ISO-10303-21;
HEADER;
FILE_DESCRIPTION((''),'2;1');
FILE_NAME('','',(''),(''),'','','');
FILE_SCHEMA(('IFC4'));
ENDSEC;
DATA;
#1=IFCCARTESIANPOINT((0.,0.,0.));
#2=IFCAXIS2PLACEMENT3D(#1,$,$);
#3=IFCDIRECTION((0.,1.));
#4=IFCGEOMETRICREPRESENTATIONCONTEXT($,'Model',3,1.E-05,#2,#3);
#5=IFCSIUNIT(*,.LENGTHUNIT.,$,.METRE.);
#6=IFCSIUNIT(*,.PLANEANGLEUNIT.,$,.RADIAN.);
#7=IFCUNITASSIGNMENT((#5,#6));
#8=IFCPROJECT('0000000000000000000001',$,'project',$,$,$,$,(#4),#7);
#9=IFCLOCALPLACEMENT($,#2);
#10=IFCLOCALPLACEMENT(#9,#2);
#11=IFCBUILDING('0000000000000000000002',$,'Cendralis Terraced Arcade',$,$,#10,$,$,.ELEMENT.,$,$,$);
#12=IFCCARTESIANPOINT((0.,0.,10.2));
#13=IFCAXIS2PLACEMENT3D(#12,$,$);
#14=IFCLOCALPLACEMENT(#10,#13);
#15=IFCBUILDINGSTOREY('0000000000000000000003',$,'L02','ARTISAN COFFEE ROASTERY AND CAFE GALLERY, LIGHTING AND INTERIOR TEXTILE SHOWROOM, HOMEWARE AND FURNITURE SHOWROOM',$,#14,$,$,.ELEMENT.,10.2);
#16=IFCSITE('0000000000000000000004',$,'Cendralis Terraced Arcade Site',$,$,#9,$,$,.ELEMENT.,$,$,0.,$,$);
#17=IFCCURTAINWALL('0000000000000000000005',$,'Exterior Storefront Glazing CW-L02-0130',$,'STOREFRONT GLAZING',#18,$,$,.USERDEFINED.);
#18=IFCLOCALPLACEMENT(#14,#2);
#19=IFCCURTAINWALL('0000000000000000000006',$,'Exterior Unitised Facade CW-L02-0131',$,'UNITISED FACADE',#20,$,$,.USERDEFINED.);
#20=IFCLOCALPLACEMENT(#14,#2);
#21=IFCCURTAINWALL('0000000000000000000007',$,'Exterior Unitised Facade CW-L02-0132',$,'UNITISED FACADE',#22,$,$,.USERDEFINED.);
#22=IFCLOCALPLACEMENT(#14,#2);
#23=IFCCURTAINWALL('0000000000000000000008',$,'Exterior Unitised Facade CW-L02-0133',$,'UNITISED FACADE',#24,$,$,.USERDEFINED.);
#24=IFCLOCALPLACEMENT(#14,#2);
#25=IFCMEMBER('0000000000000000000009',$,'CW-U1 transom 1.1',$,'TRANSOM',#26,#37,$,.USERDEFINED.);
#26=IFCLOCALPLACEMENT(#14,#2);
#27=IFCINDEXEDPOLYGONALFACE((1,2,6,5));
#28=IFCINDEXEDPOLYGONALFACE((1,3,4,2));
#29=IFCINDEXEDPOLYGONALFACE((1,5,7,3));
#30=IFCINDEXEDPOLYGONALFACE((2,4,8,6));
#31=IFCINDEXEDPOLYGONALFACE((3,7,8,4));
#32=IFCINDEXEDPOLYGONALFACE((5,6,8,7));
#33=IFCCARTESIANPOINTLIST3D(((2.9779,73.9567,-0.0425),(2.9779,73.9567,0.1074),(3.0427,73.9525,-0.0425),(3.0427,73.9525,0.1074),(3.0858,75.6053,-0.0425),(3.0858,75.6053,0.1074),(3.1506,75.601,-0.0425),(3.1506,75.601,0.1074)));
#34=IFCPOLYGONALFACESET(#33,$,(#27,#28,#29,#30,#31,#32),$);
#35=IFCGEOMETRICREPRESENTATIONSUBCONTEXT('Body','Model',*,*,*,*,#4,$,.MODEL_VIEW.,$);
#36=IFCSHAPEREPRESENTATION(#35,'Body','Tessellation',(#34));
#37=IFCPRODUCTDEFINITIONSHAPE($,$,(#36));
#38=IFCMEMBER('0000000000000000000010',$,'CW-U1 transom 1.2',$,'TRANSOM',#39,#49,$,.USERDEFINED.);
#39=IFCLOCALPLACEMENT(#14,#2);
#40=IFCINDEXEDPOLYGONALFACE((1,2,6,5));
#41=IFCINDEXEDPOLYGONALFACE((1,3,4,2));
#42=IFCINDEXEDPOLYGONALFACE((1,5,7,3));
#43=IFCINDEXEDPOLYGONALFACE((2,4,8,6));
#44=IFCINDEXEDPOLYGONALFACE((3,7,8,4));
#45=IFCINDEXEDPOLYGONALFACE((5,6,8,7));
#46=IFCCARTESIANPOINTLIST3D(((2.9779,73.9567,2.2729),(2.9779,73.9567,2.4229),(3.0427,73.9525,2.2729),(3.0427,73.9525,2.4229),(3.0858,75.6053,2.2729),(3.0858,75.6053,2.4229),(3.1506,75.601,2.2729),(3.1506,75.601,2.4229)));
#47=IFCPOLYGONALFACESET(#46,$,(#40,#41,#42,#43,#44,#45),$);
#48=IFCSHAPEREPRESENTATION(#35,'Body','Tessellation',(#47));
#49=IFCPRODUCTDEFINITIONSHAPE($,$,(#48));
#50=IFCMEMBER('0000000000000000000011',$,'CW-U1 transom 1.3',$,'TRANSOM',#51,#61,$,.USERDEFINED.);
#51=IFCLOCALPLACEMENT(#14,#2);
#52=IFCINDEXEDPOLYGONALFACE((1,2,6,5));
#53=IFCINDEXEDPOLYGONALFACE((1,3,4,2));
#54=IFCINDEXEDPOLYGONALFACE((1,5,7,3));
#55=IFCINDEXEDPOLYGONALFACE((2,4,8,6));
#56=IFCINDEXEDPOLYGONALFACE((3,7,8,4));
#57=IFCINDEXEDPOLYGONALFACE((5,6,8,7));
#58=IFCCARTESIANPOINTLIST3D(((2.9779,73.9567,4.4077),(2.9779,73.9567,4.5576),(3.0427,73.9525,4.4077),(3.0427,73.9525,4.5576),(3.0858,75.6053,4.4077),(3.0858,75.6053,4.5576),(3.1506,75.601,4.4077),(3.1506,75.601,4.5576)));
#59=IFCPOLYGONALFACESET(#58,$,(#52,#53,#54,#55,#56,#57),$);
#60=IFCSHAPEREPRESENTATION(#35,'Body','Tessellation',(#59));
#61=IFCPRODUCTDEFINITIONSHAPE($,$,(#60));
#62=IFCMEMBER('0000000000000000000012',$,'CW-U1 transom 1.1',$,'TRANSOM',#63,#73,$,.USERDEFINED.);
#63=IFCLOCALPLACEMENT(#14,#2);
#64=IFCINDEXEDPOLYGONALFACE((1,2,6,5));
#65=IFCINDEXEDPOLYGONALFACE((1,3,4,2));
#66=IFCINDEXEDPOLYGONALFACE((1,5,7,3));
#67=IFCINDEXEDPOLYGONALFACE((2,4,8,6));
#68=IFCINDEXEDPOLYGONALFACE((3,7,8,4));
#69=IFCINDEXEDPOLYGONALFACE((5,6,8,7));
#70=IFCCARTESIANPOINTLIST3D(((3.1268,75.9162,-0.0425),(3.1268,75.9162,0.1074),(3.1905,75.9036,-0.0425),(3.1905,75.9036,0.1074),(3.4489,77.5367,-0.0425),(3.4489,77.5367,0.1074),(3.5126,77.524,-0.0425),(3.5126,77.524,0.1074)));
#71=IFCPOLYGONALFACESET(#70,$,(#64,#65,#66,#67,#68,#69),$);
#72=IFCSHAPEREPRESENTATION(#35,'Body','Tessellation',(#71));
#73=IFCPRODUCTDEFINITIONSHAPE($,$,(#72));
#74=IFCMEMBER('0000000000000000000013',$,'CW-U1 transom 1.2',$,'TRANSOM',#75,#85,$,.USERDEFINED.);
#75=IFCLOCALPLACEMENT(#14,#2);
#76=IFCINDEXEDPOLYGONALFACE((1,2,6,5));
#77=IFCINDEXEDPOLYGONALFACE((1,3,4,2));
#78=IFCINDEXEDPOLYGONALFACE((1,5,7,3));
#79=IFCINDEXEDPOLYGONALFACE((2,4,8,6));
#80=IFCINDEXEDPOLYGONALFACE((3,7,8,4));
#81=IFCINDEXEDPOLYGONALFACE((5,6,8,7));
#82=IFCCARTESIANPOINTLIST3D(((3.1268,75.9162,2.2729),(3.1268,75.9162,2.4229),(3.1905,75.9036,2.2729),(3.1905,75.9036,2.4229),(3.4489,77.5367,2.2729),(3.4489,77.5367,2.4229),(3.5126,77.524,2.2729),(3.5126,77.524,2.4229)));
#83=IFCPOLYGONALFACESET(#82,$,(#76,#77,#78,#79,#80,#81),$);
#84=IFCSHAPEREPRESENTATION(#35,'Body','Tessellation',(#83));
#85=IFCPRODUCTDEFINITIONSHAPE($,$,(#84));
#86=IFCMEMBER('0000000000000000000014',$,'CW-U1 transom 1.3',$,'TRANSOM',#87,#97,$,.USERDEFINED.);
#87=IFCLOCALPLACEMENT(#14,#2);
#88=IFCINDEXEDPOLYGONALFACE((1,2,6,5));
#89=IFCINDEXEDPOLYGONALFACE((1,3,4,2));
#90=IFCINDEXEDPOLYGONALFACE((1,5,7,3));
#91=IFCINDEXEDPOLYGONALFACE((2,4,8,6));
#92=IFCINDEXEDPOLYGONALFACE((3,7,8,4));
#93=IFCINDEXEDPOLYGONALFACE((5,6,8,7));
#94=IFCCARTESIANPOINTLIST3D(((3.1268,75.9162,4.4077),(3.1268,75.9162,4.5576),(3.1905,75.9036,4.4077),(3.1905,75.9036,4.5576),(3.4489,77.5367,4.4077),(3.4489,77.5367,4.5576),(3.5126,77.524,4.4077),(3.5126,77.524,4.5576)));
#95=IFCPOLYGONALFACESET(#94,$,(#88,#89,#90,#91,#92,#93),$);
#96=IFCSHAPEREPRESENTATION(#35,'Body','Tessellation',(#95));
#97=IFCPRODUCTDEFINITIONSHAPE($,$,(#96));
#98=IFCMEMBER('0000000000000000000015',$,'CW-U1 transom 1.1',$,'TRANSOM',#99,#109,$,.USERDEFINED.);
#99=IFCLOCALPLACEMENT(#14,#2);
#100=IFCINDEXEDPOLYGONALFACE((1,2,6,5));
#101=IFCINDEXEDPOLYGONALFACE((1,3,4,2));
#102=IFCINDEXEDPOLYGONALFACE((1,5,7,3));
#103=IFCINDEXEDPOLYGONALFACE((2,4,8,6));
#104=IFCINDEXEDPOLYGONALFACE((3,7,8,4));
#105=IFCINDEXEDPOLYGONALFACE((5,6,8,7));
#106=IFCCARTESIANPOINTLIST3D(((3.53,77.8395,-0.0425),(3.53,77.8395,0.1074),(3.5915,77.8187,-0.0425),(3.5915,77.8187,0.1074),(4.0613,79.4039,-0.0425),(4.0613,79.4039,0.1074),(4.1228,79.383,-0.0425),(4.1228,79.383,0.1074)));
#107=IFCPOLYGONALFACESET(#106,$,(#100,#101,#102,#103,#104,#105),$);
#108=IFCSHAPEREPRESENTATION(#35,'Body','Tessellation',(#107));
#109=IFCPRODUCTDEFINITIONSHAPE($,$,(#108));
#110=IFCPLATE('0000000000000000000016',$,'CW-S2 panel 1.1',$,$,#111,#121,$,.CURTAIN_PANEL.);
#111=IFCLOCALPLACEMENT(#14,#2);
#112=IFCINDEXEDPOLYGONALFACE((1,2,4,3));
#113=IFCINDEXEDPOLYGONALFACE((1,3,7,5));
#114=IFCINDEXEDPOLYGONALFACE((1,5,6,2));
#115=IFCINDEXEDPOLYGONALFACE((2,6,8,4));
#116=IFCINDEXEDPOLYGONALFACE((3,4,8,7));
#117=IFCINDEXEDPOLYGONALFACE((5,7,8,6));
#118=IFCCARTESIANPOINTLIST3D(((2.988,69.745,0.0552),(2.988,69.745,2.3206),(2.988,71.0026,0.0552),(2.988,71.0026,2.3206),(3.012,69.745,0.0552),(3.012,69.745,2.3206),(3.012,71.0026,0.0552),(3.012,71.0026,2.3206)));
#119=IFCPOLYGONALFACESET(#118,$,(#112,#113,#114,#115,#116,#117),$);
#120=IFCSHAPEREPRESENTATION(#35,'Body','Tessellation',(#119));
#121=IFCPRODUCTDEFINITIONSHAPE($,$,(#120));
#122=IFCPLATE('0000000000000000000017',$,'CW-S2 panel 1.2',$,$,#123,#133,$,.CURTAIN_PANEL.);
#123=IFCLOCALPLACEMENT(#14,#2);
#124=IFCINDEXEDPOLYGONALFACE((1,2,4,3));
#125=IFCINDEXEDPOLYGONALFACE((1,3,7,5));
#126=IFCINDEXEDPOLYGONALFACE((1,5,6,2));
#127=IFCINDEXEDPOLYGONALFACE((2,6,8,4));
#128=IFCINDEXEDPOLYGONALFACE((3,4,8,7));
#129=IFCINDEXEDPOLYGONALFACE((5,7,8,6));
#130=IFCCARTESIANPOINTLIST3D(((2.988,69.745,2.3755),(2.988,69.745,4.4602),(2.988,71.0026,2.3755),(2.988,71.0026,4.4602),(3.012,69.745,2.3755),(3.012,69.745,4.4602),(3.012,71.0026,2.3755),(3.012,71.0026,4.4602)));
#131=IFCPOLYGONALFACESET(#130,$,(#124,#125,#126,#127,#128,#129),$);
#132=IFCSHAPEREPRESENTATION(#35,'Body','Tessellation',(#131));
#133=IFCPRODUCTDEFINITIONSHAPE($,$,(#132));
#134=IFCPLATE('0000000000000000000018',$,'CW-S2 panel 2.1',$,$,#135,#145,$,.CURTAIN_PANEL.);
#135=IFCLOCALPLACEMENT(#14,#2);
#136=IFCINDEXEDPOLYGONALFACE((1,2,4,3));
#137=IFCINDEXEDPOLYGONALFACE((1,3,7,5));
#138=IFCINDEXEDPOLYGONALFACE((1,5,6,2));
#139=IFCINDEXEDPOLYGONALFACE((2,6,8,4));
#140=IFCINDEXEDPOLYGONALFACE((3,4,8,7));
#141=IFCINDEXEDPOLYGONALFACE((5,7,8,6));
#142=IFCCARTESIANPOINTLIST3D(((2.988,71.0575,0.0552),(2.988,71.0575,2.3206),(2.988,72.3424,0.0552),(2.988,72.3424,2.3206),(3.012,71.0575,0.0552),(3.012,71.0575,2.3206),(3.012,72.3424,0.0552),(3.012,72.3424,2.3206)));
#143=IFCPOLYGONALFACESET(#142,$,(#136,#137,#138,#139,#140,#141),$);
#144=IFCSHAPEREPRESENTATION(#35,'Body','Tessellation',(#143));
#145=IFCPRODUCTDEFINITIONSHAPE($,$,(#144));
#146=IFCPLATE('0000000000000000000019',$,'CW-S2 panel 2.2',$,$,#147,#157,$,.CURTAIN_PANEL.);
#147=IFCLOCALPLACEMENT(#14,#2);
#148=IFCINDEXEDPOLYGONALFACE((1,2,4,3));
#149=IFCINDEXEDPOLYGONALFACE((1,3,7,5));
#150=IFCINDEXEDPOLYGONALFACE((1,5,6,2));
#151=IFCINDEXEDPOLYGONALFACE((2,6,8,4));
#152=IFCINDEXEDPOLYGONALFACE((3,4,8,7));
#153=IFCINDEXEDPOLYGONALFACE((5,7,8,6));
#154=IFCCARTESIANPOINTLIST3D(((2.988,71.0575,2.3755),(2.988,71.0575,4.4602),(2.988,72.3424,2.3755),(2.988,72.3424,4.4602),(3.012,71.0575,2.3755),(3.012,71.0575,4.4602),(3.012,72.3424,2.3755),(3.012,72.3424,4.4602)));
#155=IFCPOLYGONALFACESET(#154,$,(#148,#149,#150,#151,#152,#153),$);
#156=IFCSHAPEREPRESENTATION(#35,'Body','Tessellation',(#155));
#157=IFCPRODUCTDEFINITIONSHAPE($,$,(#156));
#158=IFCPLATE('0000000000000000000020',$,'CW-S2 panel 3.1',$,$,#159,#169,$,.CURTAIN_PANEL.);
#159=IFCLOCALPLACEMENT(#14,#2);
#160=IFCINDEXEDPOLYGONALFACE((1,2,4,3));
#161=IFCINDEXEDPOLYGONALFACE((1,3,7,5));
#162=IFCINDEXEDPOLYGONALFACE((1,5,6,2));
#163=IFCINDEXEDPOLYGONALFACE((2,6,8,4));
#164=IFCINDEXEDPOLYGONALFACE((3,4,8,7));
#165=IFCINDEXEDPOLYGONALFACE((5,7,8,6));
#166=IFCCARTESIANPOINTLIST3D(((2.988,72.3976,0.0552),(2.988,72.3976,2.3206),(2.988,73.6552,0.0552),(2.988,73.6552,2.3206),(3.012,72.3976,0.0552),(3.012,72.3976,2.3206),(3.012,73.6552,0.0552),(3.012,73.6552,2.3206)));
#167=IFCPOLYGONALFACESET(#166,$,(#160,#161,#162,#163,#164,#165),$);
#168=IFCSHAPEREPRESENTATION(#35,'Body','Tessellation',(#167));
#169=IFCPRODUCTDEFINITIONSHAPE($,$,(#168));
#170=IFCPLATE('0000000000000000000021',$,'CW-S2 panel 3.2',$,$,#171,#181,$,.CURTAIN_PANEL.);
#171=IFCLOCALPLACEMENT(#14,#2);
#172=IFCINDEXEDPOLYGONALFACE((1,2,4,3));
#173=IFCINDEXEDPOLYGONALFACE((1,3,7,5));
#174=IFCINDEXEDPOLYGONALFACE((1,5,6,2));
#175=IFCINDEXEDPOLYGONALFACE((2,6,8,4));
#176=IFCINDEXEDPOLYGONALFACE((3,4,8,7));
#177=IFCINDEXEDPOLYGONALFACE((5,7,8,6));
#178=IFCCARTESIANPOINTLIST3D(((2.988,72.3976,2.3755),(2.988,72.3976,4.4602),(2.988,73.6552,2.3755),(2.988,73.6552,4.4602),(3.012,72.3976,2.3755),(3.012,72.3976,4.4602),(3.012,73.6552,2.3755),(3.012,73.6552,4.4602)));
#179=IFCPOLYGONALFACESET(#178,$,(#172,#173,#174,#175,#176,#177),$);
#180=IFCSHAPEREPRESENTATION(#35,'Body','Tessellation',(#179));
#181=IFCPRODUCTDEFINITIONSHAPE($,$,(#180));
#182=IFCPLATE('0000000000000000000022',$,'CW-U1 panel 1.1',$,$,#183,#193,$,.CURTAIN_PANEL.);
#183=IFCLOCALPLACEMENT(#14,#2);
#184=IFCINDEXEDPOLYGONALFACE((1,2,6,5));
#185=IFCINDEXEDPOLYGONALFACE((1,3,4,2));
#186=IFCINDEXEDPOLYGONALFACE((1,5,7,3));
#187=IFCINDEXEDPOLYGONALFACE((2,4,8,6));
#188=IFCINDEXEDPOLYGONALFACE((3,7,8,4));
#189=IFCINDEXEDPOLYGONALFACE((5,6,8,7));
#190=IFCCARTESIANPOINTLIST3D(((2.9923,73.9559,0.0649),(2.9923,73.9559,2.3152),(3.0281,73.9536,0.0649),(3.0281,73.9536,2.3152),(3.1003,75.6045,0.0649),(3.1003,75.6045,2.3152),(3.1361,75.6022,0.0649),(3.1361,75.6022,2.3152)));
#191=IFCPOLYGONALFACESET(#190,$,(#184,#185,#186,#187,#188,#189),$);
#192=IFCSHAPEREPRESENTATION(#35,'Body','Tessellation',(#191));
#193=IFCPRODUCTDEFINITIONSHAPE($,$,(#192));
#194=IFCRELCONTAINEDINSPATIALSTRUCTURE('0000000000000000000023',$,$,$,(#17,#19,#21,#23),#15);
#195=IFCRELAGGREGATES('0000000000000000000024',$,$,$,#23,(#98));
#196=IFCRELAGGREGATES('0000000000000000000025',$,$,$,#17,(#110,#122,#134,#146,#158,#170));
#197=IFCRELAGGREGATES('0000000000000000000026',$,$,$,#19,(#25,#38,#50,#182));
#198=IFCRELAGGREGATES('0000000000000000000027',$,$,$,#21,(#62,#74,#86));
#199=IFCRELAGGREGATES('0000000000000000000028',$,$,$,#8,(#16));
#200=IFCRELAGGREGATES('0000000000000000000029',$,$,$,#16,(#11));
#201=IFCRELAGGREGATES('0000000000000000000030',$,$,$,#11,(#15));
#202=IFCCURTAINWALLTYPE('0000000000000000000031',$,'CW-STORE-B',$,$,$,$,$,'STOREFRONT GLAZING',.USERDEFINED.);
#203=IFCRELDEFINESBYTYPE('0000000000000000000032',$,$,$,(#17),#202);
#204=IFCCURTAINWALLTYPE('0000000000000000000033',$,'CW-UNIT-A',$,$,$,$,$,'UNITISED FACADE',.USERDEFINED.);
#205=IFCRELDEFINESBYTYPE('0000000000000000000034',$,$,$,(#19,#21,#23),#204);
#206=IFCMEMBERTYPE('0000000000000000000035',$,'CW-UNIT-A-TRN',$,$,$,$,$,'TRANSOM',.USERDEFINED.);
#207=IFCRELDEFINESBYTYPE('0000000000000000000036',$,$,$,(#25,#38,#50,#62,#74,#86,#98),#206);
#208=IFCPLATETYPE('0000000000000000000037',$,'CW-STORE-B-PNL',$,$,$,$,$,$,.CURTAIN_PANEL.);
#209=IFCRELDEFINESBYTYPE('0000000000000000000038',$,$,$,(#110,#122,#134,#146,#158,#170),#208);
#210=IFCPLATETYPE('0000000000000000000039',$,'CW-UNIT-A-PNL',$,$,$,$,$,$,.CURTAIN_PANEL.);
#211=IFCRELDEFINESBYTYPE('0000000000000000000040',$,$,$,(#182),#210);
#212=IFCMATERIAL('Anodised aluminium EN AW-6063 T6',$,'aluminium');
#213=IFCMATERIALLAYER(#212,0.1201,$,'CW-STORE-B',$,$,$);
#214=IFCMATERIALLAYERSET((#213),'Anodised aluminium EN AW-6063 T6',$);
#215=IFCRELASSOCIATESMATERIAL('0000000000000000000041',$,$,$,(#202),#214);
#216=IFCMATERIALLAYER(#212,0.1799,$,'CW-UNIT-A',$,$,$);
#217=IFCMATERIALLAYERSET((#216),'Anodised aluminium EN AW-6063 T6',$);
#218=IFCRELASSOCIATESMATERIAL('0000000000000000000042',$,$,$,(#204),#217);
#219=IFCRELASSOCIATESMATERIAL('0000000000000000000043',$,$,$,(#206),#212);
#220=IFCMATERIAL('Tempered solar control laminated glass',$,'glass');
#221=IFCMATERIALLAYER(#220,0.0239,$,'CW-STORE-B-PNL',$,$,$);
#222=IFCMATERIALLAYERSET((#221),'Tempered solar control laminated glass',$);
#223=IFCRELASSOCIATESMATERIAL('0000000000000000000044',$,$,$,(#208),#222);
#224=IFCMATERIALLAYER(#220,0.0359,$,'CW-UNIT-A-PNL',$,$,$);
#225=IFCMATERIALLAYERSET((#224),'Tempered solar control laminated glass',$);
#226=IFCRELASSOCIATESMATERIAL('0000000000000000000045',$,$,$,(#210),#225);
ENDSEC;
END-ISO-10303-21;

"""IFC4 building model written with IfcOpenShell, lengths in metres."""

from ifc_helpers import new_model, si_unit, direction, frame, origin, origin_2d, place, context, subcontext, project, spatial, rectangle, extrude, material, layer, layer_set, material_profile, profile_set, type_object, element, aggregate, save


model = new_model("IFC4")

# Units and contexts
model_context = context("Model", 3, precision=1e-05, world=origin(), true_north=direction((0.0, 1.0)))
body_context = subcontext(model_context, "Body", "Model", "MODEL_VIEW")
ifc_project = project(units=[si_unit("LENGTHUNIT", "METRE"), si_unit("PLANEANGLEUNIT", "RADIAN")], contexts=[model_context])

# Site, building, storey
site_placement = place(None, origin())
site = spatial("IfcSite", under=ifc_project, at=site_placement, Name="Cendralis Terraced Arcade Site", CompositionType="ELEMENT", RefElevation=0.0)
building_placement = place(site_placement, origin())
building = spatial("IfcBuilding", under=site, at=building_placement, Name="Cendralis Terraced Arcade", CompositionType="ELEMENT")
storey_placement = place(building_placement, frame((0.0, 0.0, 10.2)))
storey = spatial("IfcBuildingStorey", under=building, at=storey_placement, Name="L02", Description="ARTISAN COFFEE ROASTERY AND CAFE GALLERY, LIGHTING AND INTERIOR TEXTILE SHOWROOM, HOMEWARE AND FURNITURE SHOWROOM", CompositionType="ELEMENT", Elevation=10.2)

# Curtain walls
ifc_material_1 = material(Name="Anodised aluminium EN AW-6063 T6", Category="aluminium")
ifc_layer_1 = layer(ifc_material_1, 0.1201, Name="CW-STORE-B")
ifc_layer_set_1 = layer_set([ifc_layer_1], Name="Anodised aluminium EN AW-6063 T6")
curtain_wall_type_1 = type_object("IfcCurtainWallType", Name="CW-STORE-B", ElementType="STOREFRONT GLAZING", PredefinedType="USERDEFINED", material=ifc_layer_set_1)
curtain_wall_1_placement = place(storey_placement, origin())
curtain_wall_1 = element("IfcCurtainWall", 1, at=curtain_wall_1_placement, inside=storey, type_object=curtain_wall_type_1, Name="Exterior Storefront Glazing CW-L02-0130", ObjectType="STOREFRONT GLAZING", PredefinedType="USERDEFINED")
ifc_layer_2 = layer(ifc_material_1, 0.1799, Name="CW-UNIT-A")
ifc_layer_set_2 = layer_set([ifc_layer_2], Name="Anodised aluminium EN AW-6063 T6")
curtain_wall_type_2 = type_object("IfcCurtainWallType", Name="CW-UNIT-A", ElementType="UNITISED FACADE", PredefinedType="USERDEFINED", material=ifc_layer_set_2)
curtain_wall_2_placement = place(storey_placement, origin())
curtain_wall_2 = element("IfcCurtainWall", 2, at=curtain_wall_2_placement, inside=storey, type_object=curtain_wall_type_2, Name="Exterior Unitised Facade CW-L02-0131", ObjectType="UNITISED FACADE", PredefinedType="USERDEFINED")
curtain_wall_3_placement = place(storey_placement, origin())
curtain_wall_3 = element("IfcCurtainWall", 3, at=curtain_wall_3_placement, inside=storey, type_object=curtain_wall_type_2, Name="Exterior Unitised Facade CW-L02-0132", ObjectType="UNITISED FACADE", PredefinedType="USERDEFINED")

# Curtain wall
curtain_wall_4_placement = place(storey_placement, origin())
curtain_wall_4 = element("IfcCurtainWall", 4, at=curtain_wall_4_placement, inside=storey, type_object=curtain_wall_type_2, Name="Exterior Unitised Facade CW-L02-0133", ObjectType="UNITISED FACADE", PredefinedType="USERDEFINED")

# Members
ifc_material_profile_1 = material_profile(ifc_material_1, rectangle(XDim=0.0649, YDim=0.1499, at=origin_2d()), Name="ALU-TRN-65x150")
ifc_profile_set_1 = profile_set([ifc_material_profile_1], Name="Anodised aluminium EN AW-6063 T6")
member_type_1 = type_object("IfcMemberType", Name="CW-UNIT-A-TRN", ElementType="TRANSOM", PredefinedType="USERDEFINED", material=ifc_profile_set_1)
member_1_placement = place(storey_placement, frame((3.0103, 73.9546, 0.0325), z_axis=(0.065313, 0.997865, 0.0), x_axis=(-0.997865, 0.065313, 0.0)))
member_1 = element("IfcMember", 5, at=member_1_placement, type_object=member_type_1, Name="CW-U1 transom 1.1", ObjectType="TRANSOM", PredefinedType="USERDEFINED", context=body_context, shape_type="SweptSolid", body=[
    extrude(rectangle(XDim=0.0649, YDim=0.1499, at=origin_2d()), origin(), (0.0, 0.0, 1.0), 1.6521),
])
member_2_placement = place(storey_placement, frame((3.0103, 73.9546, 2.3479), z_axis=(0.065313, 0.997865, 0.0), x_axis=(-0.997865, 0.065313, 0.0)))
member_2 = element("IfcMember", 6, at=member_2_placement, type_object=member_type_1, Name="CW-U1 transom 1.2", ObjectType="TRANSOM", PredefinedType="USERDEFINED", context=body_context, shape_type="SweptSolid", body=[
    extrude(rectangle(XDim=0.0649, YDim=0.1499, at=origin_2d()), origin(), (0.0, 0.0, 1.0), 1.6521),
])
member_3_placement = place(storey_placement, frame((3.0103, 73.9546, 4.4827), z_axis=(0.065313, 0.997865, 0.0), x_axis=(-0.997865, 0.065313, 0.0)))
member_3 = element("IfcMember", 7, at=member_3_placement, type_object=member_type_1, Name="CW-U1 transom 1.3", ObjectType="TRANSOM", PredefinedType="USERDEFINED", context=body_context, shape_type="SweptSolid", body=[
    extrude(rectangle(XDim=0.0649, YDim=0.1499, at=origin_2d()), origin(), (0.0, 0.0, 1.0), 1.6521),
])
member_4_placement = place(storey_placement, frame((3.1587, 75.9099, 0.0325), z_axis=(0.194922, 0.980819, 0.0), x_axis=(-0.980819, 0.194922, 0.0)))
member_4 = element("IfcMember", 8, at=member_4_placement, type_object=member_type_1, Name="CW-U1 transom 1.1", ObjectType="TRANSOM", PredefinedType="USERDEFINED", context=body_context, shape_type="SweptSolid", body=[
    extrude(rectangle(XDim=0.0649, YDim=0.1499, at=origin_2d()), origin(), (0.0, 0.0, 1.0), 1.6521),
])
member_5_placement = place(storey_placement, frame((3.1587, 75.9099, 2.3479), z_axis=(0.194922, 0.980819, 0.0), x_axis=(-0.980819, 0.194922, 0.0)))
member_5 = element("IfcMember", 9, at=member_5_placement, type_object=member_type_1, Name="CW-U1 transom 1.2", ObjectType="TRANSOM", PredefinedType="USERDEFINED", context=body_context, shape_type="SweptSolid", body=[
    extrude(rectangle(XDim=0.0649, YDim=0.1499, at=origin_2d()), origin(), (0.0, 0.0, 1.0), 1.6521),
])
member_6_placement = place(storey_placement, frame((3.1587, 75.9099, 4.4827), z_axis=(0.194922, 0.980819, 0.0), x_axis=(-0.980819, 0.194922, 0.0)))
member_6 = element("IfcMember", 10, at=member_6_placement, type_object=member_type_1, Name="CW-U1 transom 1.3", ObjectType="TRANSOM", PredefinedType="USERDEFINED", context=body_context, shape_type="SweptSolid", body=[
    extrude(rectangle(XDim=0.0649, YDim=0.1499, at=origin_2d()), origin(), (0.0, 0.0, 1.0), 1.6521),
])
member_7_placement = place(storey_placement, frame((3.5608, 77.8291, 0.0325), z_axis=(0.321542, 0.946895, 0.0), x_axis=(-0.946895, 0.321542, 0.0)))
member_7 = element("IfcMember", 11, at=member_7_placement, type_object=member_type_1, Name="CW-U1 transom 1.1", ObjectType="TRANSOM", PredefinedType="USERDEFINED", context=body_context, shape_type="SweptSolid", body=[
    extrude(rectangle(XDim=0.0649, YDim=0.1499, at=origin_2d()), origin(), (0.0, 0.0, 1.0), 1.6521),
])
aggregate(curtain_wall_4, [member_7])

# Plates
ifc_material_2 = material(Name="Tempered solar control laminated glass", Category="glass")
ifc_layer_3 = layer(ifc_material_2, 0.0239, Name="CW-STORE-B-PNL")
ifc_layer_set_3 = layer_set([ifc_layer_3], Name="Tempered solar control laminated glass")
plate_type_1 = type_object("IfcPlateType", Name="CW-STORE-B-PNL", PredefinedType="CURTAIN_PANEL", material=ifc_layer_set_3)
plate_1_placement = place(storey_placement, frame((3.0, 70.3738, 0.0552), z_axis=(0.0, 0.0, 1.0), x_axis=(0.0, 1.0, 0.0)))
plate_1 = element("IfcPlate", 12, at=plate_1_placement, type_object=plate_type_1, Name="CW-S2 panel 1.1", PredefinedType="CURTAIN_PANEL", context=body_context, shape_type="SweptSolid", body=[
    extrude(rectangle(XDim=1.2576, YDim=0.0239, at=origin_2d()), origin(), (0.0, 0.0, 1.0), 2.2654),
])
plate_2_placement = place(storey_placement, frame((3.0, 70.3738, 2.3755), z_axis=(0.0, 0.0, 1.0), x_axis=(0.0, 1.0, 0.0)))
plate_2 = element("IfcPlate", 13, at=plate_2_placement, type_object=plate_type_1, Name="CW-S2 panel 1.2", PredefinedType="CURTAIN_PANEL", context=body_context, shape_type="SweptSolid", body=[
    extrude(rectangle(XDim=1.2576, YDim=0.0239, at=origin_2d()), origin(), (0.0, 0.0, 1.0), 2.0847),
])
plate_3_placement = place(storey_placement, frame((3.0, 71.7, 0.0552), z_axis=(0.0, 0.0, 1.0), x_axis=(0.0, 1.0, 0.0)))
plate_3 = element("IfcPlate", 14, at=plate_3_placement, type_object=plate_type_1, Name="CW-S2 panel 2.1", PredefinedType="CURTAIN_PANEL", context=body_context, shape_type="SweptSolid", body=[
    extrude(rectangle(XDim=1.2849, YDim=0.0239, at=origin_2d()), origin(), (0.0, 0.0, 1.0), 2.2654),
])
plate_4_placement = place(storey_placement, frame((3.0, 71.7, 2.3755), z_axis=(0.0, 0.0, 1.0), x_axis=(0.0, 1.0, 0.0)))
plate_4 = element("IfcPlate", 15, at=plate_4_placement, type_object=plate_type_1, Name="CW-S2 panel 2.2", PredefinedType="CURTAIN_PANEL", context=body_context, shape_type="SweptSolid", body=[
    extrude(rectangle(XDim=1.2849, YDim=0.0239, at=origin_2d()), origin(), (0.0, 0.0, 1.0), 2.0847),
])
plate_5_placement = place(storey_placement, frame((3.0, 73.0264, 0.0552), z_axis=(0.0, 0.0, 1.0), x_axis=(0.0, 1.0, 0.0)))
plate_5 = element("IfcPlate", 16, at=plate_5_placement, type_object=plate_type_1, Name="CW-S2 panel 3.1", PredefinedType="CURTAIN_PANEL", context=body_context, shape_type="SweptSolid", body=[
    extrude(rectangle(XDim=1.2576, YDim=0.0239, at=origin_2d()), origin(), (0.0, 0.0, 1.0), 2.2654),
])
plate_6_placement = place(storey_placement, frame((3.0, 73.0264, 2.3755), z_axis=(0.0, 0.0, 1.0), x_axis=(0.0, 1.0, 0.0)))
plate_6 = element("IfcPlate", 17, at=plate_6_placement, type_object=plate_type_1, Name="CW-S2 panel 3.2", PredefinedType="CURTAIN_PANEL", context=body_context, shape_type="SweptSolid", body=[
    extrude(rectangle(XDim=1.2576, YDim=0.0239, at=origin_2d()), origin(), (0.0, 0.0, 1.0), 2.0847),
])
aggregate(curtain_wall_1, [plate_1, plate_2, plate_3, plate_4, plate_5, plate_6])
ifc_layer_4 = layer(ifc_material_2, 0.0359, Name="CW-UNIT-A-PNL")
ifc_layer_set_4 = layer_set([ifc_layer_4], Name="Tempered solar control laminated glass")
plate_type_2 = type_object("IfcPlateType", Name="CW-UNIT-A-PNL", PredefinedType="CURTAIN_PANEL", material=ifc_layer_set_4)
plate_7_placement = place(storey_placement, frame((3.0642, 74.7791, 0.0649), z_axis=(0.0, 0.0, 1.0), x_axis=(0.065372, 0.997861, 0.0)))
plate_7 = element("IfcPlate", 18, at=plate_7_placement, type_object=plate_type_2, Name="CW-U1 panel 1.1", PredefinedType="CURTAIN_PANEL", context=body_context, shape_type="SweptSolid", body=[
    extrude(rectangle(XDim=1.6521, YDim=0.0359, at=origin_2d()), origin(), (0.0, 0.0, 1.0), 2.2502),
])
aggregate(curtain_wall_2, [member_1, member_2, member_3, plate_7])
aggregate(curtain_wall_3, [member_4, member_5, member_6])

save(model, "model.ifc")
